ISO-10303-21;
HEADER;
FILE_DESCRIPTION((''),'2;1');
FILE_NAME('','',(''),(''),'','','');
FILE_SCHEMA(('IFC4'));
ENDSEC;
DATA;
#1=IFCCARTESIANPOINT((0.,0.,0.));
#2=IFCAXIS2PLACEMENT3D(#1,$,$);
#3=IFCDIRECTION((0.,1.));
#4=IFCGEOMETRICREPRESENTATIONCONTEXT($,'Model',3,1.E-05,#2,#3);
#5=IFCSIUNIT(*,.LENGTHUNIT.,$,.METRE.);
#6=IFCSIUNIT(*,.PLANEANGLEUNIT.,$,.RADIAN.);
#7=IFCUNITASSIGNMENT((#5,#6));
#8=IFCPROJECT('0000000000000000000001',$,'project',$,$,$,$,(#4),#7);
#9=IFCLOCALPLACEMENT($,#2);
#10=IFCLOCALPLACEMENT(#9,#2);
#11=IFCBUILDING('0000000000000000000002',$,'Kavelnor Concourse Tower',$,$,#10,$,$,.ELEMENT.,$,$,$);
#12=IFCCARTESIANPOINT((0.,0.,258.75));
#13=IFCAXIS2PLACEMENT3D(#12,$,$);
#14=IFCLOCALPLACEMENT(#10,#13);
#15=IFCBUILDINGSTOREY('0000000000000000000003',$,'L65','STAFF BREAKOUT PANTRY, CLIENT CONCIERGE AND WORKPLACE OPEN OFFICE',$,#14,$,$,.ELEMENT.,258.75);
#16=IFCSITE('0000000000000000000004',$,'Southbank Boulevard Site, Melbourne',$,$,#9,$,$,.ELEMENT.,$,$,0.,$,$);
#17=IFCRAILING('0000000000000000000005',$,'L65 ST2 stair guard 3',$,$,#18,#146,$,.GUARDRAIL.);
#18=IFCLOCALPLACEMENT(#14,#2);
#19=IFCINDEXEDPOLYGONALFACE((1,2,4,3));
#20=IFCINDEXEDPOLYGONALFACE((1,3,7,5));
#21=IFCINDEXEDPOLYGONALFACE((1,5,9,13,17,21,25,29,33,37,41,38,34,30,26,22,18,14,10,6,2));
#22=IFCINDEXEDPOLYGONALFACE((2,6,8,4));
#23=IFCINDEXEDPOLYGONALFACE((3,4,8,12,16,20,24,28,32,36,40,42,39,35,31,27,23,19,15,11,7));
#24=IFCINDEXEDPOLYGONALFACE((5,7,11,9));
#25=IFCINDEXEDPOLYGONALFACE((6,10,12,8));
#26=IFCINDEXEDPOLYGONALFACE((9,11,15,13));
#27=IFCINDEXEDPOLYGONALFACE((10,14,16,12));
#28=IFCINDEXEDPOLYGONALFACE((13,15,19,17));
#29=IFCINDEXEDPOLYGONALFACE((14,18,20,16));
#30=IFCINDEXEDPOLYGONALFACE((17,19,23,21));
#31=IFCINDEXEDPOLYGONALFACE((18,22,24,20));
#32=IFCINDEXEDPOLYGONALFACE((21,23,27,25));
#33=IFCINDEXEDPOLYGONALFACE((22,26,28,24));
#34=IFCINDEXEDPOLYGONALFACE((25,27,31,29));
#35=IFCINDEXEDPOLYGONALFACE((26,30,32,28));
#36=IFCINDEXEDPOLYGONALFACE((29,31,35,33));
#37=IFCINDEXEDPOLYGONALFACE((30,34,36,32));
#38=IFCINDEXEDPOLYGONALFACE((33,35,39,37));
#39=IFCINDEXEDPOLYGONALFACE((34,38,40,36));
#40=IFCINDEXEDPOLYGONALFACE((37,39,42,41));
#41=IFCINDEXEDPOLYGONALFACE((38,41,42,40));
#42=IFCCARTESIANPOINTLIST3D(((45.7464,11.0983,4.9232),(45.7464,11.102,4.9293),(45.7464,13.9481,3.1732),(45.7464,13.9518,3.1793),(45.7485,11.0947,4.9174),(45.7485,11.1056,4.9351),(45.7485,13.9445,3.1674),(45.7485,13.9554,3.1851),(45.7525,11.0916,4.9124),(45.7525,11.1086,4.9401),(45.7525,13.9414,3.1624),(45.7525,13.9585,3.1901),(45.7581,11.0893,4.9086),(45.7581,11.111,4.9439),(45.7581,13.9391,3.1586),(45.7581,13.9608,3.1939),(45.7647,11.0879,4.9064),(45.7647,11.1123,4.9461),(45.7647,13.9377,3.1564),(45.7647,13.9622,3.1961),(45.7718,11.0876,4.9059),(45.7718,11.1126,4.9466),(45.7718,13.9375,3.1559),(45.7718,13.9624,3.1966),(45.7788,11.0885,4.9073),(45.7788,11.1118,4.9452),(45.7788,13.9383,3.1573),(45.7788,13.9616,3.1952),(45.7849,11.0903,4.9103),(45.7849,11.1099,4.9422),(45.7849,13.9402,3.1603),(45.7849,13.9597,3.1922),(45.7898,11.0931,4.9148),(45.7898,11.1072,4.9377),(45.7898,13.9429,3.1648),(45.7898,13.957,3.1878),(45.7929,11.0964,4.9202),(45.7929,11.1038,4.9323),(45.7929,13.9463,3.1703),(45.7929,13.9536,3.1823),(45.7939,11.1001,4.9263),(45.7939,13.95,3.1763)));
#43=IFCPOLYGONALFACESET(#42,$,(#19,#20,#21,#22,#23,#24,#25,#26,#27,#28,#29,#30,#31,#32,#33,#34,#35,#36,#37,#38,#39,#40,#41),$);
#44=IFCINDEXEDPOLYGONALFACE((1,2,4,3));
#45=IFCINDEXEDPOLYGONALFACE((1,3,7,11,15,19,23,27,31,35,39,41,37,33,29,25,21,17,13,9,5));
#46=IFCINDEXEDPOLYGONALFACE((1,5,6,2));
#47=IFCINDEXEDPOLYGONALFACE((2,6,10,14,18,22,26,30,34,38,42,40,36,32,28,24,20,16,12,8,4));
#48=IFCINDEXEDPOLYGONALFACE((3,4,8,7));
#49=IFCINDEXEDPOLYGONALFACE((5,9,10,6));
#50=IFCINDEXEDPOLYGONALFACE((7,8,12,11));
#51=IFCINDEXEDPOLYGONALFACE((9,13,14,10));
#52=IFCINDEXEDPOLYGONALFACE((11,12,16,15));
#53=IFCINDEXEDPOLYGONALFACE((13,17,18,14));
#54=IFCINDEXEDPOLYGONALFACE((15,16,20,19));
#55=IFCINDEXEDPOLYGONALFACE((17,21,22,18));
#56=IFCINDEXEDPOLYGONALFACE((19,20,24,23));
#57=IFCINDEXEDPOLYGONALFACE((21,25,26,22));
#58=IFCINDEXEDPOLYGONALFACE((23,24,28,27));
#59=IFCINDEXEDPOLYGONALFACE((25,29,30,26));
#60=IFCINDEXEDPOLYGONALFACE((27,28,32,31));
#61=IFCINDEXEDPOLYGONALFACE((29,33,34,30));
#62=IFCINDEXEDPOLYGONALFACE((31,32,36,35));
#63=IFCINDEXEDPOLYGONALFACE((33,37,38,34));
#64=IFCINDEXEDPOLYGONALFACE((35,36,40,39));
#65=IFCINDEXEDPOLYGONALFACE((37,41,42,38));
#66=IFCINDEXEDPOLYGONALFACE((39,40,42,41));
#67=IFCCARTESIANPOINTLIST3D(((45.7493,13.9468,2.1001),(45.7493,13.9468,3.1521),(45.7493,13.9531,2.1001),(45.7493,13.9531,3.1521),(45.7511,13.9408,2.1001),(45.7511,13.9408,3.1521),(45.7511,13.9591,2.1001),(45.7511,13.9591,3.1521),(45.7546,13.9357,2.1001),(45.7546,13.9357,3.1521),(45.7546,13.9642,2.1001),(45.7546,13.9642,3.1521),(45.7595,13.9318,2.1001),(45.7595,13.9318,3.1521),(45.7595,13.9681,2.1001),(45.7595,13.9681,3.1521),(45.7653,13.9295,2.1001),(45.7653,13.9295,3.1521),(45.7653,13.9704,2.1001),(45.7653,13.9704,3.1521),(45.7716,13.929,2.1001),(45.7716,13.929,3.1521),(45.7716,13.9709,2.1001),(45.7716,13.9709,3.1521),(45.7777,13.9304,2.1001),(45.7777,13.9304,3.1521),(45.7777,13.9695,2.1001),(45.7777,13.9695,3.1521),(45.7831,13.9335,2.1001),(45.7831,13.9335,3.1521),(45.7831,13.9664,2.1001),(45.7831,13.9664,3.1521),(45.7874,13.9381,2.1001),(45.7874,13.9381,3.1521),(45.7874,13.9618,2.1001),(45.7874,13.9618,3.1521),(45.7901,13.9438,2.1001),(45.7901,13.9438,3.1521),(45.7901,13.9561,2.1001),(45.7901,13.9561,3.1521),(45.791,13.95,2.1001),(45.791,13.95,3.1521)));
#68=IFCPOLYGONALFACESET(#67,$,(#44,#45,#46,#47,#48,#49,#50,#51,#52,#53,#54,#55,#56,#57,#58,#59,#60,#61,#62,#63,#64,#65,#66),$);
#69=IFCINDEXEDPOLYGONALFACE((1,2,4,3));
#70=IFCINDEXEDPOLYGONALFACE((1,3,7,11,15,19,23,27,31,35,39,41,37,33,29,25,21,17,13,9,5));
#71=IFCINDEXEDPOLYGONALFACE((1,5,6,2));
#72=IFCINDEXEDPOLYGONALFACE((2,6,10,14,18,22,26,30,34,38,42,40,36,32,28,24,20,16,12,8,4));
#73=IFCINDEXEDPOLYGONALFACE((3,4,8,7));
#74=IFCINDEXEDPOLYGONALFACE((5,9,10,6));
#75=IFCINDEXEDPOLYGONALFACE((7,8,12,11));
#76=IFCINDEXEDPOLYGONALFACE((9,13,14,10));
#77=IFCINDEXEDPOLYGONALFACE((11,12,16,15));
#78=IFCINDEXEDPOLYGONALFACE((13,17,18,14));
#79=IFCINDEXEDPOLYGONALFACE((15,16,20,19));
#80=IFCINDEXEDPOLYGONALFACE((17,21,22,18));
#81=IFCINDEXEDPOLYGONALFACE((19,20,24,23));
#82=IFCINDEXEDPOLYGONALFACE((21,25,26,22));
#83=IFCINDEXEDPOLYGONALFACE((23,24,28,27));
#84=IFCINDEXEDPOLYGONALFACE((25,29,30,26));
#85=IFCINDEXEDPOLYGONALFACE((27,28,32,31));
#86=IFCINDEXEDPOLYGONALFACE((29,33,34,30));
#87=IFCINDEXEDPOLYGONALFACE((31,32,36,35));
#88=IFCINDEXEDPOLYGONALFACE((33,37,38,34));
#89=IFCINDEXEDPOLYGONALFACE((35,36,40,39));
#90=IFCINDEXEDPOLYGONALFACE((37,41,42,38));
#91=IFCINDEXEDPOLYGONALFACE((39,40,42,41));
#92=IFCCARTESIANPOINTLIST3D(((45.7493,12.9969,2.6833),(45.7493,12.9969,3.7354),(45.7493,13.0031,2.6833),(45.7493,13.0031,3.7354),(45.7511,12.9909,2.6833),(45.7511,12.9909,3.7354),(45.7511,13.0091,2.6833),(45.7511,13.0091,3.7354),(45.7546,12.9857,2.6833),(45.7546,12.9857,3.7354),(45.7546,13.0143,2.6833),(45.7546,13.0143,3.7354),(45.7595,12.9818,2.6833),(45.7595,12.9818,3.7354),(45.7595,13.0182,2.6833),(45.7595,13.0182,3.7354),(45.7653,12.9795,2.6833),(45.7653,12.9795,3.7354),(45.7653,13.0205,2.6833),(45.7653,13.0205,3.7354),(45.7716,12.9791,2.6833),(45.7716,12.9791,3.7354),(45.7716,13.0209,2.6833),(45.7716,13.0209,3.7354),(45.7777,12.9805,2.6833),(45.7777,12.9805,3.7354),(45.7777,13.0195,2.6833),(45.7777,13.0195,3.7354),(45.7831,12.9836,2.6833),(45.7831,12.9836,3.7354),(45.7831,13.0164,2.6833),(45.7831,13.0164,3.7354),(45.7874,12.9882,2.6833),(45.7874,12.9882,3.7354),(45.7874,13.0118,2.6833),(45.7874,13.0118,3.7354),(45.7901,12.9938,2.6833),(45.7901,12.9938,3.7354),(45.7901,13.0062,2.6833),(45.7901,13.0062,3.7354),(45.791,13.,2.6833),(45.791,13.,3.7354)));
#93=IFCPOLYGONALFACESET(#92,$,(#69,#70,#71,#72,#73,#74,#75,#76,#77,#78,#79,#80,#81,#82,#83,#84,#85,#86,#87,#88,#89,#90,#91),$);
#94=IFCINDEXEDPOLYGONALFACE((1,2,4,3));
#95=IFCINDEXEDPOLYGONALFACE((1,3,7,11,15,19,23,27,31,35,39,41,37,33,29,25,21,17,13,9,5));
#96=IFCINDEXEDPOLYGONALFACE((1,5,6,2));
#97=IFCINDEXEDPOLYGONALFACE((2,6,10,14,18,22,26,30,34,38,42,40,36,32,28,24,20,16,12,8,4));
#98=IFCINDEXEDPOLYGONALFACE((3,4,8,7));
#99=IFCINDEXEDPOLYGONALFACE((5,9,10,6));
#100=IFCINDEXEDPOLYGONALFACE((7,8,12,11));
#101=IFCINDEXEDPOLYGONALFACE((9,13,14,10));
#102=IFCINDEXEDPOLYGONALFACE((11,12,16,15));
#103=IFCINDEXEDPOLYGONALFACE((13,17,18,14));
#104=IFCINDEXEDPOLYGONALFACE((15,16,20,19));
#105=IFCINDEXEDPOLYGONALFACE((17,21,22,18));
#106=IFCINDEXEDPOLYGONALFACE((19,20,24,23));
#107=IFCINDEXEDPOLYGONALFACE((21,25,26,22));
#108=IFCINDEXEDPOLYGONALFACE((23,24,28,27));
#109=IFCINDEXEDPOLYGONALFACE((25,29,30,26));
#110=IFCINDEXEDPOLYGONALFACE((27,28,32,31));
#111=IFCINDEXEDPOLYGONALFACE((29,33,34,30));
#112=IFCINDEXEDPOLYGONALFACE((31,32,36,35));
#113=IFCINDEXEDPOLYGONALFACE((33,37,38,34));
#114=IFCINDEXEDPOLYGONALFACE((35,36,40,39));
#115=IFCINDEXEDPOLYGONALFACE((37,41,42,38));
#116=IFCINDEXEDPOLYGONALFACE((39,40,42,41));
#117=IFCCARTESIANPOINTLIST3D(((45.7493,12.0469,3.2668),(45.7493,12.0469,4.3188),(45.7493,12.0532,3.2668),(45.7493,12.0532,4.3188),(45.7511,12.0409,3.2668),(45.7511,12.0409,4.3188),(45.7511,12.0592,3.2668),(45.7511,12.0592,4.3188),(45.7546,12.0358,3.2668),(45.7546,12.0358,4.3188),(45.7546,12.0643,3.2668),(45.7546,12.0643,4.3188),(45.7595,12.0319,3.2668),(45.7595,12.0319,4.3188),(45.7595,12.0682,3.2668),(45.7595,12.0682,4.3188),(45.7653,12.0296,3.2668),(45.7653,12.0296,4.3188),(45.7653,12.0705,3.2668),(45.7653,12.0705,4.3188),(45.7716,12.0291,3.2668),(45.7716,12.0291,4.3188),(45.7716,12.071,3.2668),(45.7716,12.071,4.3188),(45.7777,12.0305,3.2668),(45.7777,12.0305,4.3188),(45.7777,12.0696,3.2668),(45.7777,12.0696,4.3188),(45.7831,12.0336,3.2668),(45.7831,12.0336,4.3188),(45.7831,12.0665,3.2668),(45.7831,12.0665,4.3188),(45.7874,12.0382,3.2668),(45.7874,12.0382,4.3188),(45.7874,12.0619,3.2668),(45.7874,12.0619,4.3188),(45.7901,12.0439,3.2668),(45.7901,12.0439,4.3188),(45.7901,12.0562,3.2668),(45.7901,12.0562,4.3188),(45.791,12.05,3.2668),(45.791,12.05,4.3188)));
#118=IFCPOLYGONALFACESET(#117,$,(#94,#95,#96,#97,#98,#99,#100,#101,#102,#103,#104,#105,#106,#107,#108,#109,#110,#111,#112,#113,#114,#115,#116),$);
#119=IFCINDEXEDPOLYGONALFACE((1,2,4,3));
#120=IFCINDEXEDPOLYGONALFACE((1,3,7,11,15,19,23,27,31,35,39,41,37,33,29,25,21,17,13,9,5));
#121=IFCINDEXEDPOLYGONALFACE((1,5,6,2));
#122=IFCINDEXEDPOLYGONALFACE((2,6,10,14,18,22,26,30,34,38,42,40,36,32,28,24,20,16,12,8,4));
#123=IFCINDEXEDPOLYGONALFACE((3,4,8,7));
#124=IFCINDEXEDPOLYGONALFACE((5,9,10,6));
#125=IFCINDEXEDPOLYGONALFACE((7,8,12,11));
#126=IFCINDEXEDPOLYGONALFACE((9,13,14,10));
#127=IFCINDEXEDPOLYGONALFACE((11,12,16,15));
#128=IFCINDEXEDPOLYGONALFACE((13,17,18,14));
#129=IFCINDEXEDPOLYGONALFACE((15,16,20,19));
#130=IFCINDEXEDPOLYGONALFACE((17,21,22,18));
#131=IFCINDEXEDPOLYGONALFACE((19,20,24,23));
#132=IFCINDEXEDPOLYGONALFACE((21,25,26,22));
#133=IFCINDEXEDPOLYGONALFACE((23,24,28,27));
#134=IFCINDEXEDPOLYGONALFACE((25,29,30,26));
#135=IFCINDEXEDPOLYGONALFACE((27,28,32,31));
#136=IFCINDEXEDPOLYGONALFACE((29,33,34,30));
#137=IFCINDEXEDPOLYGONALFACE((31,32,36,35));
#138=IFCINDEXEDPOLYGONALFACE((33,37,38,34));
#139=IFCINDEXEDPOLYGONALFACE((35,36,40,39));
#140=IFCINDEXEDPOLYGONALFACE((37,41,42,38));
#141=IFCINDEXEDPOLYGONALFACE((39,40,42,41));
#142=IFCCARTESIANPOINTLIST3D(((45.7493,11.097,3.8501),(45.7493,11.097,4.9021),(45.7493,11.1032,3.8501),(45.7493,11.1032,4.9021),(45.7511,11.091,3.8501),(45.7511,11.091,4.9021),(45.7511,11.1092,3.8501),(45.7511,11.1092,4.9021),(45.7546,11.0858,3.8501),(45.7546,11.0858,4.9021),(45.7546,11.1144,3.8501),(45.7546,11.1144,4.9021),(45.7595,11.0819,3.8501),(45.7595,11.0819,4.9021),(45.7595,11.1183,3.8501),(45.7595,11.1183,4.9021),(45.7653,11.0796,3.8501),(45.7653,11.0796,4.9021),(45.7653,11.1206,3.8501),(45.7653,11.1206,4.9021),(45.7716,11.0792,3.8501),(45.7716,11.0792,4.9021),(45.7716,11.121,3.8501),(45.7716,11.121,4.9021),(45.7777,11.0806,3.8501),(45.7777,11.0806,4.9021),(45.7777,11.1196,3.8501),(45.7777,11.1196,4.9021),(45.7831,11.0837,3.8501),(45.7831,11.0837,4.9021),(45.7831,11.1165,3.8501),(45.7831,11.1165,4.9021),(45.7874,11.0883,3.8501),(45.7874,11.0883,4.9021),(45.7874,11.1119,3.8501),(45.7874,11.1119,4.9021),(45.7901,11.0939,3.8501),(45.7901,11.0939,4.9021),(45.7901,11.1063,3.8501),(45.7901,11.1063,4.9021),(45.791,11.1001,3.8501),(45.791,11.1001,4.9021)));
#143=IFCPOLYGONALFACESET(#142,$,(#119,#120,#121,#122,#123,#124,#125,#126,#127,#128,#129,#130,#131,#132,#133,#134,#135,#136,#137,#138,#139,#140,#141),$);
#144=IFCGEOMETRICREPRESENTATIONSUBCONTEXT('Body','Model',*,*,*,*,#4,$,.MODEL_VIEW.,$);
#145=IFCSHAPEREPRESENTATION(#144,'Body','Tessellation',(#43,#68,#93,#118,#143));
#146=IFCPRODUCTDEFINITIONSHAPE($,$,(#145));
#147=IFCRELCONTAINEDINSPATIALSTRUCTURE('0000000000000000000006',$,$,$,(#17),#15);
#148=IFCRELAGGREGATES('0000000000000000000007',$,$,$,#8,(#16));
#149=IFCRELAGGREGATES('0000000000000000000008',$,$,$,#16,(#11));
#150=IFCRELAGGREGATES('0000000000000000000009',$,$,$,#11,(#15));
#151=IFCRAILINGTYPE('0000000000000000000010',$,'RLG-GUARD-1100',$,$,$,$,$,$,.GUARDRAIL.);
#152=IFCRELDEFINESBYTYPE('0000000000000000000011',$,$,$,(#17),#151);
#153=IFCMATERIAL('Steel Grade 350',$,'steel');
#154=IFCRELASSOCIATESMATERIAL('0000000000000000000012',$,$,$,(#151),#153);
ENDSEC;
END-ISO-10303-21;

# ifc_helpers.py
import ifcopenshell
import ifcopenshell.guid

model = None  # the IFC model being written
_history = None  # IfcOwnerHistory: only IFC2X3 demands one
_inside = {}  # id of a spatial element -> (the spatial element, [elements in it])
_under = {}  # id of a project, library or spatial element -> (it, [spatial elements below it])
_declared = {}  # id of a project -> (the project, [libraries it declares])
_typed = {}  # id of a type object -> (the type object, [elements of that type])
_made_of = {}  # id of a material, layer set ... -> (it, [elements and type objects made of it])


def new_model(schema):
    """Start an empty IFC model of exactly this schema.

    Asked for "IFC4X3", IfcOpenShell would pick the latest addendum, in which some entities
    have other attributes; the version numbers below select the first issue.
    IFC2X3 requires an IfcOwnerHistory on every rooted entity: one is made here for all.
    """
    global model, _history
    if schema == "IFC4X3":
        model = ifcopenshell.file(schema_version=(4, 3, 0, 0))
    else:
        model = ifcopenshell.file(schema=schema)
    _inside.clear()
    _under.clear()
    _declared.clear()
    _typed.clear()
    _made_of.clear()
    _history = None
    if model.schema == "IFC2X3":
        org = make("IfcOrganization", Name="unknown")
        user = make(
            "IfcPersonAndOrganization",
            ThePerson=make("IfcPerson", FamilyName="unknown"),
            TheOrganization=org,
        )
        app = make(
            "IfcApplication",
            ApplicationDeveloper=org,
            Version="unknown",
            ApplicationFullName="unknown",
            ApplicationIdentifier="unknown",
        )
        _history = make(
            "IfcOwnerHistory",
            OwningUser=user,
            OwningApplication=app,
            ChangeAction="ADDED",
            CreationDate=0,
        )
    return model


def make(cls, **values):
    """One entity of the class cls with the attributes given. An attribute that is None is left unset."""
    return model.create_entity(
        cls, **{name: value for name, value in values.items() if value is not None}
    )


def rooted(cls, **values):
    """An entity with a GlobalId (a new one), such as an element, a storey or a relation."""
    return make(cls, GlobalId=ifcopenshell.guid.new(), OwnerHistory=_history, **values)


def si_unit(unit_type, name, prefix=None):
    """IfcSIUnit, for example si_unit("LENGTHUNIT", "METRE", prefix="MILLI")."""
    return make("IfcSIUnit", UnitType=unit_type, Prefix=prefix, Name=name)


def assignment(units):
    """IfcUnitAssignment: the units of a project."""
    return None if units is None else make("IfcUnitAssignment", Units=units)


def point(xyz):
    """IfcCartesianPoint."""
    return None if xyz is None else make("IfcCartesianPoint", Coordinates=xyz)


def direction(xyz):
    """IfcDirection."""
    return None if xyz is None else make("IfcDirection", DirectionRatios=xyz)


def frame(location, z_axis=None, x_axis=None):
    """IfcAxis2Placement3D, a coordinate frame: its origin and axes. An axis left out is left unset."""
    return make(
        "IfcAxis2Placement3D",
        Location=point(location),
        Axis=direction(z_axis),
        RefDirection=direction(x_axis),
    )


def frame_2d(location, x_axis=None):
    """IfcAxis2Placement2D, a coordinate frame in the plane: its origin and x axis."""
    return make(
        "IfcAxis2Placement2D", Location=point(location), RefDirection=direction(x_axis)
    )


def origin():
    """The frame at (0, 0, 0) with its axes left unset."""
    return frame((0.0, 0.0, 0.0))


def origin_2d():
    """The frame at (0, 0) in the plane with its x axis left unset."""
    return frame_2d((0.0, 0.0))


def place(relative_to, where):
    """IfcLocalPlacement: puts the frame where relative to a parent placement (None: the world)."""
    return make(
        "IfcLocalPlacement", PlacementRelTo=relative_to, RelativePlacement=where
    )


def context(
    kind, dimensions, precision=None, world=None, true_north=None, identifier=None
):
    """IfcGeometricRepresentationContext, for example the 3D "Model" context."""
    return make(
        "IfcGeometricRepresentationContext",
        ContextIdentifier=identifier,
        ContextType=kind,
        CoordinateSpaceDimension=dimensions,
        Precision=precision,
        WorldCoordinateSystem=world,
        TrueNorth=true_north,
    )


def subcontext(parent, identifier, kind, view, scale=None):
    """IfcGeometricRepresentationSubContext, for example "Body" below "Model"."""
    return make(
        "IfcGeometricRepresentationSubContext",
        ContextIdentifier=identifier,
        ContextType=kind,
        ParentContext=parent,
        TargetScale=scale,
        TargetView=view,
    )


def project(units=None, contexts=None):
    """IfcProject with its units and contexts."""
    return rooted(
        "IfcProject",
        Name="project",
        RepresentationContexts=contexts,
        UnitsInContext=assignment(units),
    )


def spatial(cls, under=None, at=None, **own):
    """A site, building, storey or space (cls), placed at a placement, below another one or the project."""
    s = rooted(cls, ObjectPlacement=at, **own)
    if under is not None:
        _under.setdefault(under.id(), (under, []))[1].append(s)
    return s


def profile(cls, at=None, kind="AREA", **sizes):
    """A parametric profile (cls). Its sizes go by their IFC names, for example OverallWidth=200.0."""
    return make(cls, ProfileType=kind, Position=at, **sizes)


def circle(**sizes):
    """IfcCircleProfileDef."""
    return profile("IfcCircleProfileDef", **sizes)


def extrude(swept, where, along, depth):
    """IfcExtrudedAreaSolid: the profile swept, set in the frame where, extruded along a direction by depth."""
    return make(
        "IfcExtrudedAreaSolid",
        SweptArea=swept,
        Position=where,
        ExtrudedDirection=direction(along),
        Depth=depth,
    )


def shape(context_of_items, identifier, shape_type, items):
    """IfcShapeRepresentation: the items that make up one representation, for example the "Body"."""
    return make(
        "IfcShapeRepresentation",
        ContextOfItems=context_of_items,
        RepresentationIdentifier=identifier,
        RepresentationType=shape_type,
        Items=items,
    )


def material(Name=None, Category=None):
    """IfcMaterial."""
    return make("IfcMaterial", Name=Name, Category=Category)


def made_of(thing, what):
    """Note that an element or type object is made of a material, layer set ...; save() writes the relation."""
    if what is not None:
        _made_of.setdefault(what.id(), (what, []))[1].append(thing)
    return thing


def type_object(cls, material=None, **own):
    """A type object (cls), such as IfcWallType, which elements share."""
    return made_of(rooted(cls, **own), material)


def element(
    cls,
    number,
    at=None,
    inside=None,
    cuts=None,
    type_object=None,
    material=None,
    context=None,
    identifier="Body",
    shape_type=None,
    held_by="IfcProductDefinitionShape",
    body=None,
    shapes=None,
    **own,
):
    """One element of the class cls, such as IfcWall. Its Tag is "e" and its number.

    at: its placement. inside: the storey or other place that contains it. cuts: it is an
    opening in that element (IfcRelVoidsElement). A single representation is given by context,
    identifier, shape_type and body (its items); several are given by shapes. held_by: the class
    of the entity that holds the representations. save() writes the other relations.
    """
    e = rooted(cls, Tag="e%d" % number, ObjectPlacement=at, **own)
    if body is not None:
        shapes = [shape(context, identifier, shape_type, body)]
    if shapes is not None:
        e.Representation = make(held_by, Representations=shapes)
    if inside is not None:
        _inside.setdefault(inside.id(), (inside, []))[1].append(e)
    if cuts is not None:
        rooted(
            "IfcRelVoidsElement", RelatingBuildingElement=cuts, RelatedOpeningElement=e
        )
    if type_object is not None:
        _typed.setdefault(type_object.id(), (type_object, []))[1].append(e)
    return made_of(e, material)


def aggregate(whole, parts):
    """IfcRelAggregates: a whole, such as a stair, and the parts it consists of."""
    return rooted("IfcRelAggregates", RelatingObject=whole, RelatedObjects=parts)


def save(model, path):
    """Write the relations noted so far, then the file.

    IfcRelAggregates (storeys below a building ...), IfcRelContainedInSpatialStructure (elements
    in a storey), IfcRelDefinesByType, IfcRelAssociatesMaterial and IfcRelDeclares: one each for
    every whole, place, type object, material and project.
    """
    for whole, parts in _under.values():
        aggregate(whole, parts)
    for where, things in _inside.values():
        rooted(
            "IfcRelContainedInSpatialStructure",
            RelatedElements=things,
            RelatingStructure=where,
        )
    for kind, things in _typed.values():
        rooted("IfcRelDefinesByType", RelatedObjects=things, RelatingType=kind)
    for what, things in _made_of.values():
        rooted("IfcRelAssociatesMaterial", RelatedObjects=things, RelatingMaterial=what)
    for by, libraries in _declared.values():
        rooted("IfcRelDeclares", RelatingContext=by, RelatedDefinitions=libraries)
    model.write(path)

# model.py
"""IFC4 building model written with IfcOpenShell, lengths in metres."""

from ifc_helpers import new_model, si_unit, direction, frame, origin, origin_2d, place, context, subcontext, project, spatial, circle, extrude, material, type_object, element, save


model = new_model("IFC4")

# Units and contexts
model_context = context("Model", 3, precision=1e-05, world=origin(), true_north=direction((0.0, 1.0)))
body_context = subcontext(model_context, "Body", "Model", "MODEL_VIEW")
ifc_project = project(units=[si_unit("LENGTHUNIT", "METRE"), si_unit("PLANEANGLEUNIT", "RADIAN")], contexts=[model_context])

# Site, building, storey
site_placement = place(None, origin())
site = spatial("IfcSite", under=ifc_project, at=site_placement, Name="Southbank Boulevard Site, Melbourne", CompositionType="ELEMENT", RefElevation=0.0)
building_placement = place(site_placement, origin())
building = spatial("IfcBuilding", under=site, at=building_placement, Name="Kavelnor Concourse Tower", CompositionType="ELEMENT")
storey_placement = place(building_placement, frame((0.0, 0.0, 258.75)))
storey = spatial("IfcBuildingStorey", under=building, at=storey_placement, Name="L65", Description="STAFF BREAKOUT PANTRY, CLIENT CONCIERGE AND WORKPLACE OPEN OFFICE", CompositionType="ELEMENT", Elevation=258.75)

# Shared definitions
ifc_material_1 = material(Name="Steel Grade 350", Category="steel")

# Railing
railing_type_1 = type_object("IfcRailingType", Name="RLG-GUARD-1100", PredefinedType="GUARDRAIL", material=ifc_material_1)
railing_1_placement = place(storey_placement, frame((45.77, 13.95, 2.1001)))
element("IfcRailing", 1, at=railing_1_placement, inside=storey, type_object=railing_type_1, Name="L65 ST2 stair guard 3", PredefinedType="GUARDRAIL", context=body_context, shape_type="SweptSolid", body=[
    extrude(circle(Radius=0.0239, at=origin_2d()), frame((0.0, 0.0, 1.0762), z_axis=(0.0, -0.852159, 0.523283), x_axis=(1.0, 0.0, 0.0)), (0.0, 0.0, 1.0), 3.3442),
    extrude(circle(Radius=0.021, at=origin_2d()), origin(), (0.0, 0.0, 1.0), 1.052),
    extrude(circle(Radius=0.021, at=origin_2d()), frame((0.0, -0.95, 0.5833)), (0.0, 0.0, 1.0), 1.052),
    extrude(circle(Radius=0.021, at=origin_2d()), frame((0.0, -1.8999, 1.1667)), (0.0, 0.0, 1.0), 1.052),
    extrude(circle(Radius=0.021, at=origin_2d()), frame((0.0, -2.8499, 1.75)), (0.0, 0.0, 1.0), 1.052),
])

save(model, "model.ifc")
